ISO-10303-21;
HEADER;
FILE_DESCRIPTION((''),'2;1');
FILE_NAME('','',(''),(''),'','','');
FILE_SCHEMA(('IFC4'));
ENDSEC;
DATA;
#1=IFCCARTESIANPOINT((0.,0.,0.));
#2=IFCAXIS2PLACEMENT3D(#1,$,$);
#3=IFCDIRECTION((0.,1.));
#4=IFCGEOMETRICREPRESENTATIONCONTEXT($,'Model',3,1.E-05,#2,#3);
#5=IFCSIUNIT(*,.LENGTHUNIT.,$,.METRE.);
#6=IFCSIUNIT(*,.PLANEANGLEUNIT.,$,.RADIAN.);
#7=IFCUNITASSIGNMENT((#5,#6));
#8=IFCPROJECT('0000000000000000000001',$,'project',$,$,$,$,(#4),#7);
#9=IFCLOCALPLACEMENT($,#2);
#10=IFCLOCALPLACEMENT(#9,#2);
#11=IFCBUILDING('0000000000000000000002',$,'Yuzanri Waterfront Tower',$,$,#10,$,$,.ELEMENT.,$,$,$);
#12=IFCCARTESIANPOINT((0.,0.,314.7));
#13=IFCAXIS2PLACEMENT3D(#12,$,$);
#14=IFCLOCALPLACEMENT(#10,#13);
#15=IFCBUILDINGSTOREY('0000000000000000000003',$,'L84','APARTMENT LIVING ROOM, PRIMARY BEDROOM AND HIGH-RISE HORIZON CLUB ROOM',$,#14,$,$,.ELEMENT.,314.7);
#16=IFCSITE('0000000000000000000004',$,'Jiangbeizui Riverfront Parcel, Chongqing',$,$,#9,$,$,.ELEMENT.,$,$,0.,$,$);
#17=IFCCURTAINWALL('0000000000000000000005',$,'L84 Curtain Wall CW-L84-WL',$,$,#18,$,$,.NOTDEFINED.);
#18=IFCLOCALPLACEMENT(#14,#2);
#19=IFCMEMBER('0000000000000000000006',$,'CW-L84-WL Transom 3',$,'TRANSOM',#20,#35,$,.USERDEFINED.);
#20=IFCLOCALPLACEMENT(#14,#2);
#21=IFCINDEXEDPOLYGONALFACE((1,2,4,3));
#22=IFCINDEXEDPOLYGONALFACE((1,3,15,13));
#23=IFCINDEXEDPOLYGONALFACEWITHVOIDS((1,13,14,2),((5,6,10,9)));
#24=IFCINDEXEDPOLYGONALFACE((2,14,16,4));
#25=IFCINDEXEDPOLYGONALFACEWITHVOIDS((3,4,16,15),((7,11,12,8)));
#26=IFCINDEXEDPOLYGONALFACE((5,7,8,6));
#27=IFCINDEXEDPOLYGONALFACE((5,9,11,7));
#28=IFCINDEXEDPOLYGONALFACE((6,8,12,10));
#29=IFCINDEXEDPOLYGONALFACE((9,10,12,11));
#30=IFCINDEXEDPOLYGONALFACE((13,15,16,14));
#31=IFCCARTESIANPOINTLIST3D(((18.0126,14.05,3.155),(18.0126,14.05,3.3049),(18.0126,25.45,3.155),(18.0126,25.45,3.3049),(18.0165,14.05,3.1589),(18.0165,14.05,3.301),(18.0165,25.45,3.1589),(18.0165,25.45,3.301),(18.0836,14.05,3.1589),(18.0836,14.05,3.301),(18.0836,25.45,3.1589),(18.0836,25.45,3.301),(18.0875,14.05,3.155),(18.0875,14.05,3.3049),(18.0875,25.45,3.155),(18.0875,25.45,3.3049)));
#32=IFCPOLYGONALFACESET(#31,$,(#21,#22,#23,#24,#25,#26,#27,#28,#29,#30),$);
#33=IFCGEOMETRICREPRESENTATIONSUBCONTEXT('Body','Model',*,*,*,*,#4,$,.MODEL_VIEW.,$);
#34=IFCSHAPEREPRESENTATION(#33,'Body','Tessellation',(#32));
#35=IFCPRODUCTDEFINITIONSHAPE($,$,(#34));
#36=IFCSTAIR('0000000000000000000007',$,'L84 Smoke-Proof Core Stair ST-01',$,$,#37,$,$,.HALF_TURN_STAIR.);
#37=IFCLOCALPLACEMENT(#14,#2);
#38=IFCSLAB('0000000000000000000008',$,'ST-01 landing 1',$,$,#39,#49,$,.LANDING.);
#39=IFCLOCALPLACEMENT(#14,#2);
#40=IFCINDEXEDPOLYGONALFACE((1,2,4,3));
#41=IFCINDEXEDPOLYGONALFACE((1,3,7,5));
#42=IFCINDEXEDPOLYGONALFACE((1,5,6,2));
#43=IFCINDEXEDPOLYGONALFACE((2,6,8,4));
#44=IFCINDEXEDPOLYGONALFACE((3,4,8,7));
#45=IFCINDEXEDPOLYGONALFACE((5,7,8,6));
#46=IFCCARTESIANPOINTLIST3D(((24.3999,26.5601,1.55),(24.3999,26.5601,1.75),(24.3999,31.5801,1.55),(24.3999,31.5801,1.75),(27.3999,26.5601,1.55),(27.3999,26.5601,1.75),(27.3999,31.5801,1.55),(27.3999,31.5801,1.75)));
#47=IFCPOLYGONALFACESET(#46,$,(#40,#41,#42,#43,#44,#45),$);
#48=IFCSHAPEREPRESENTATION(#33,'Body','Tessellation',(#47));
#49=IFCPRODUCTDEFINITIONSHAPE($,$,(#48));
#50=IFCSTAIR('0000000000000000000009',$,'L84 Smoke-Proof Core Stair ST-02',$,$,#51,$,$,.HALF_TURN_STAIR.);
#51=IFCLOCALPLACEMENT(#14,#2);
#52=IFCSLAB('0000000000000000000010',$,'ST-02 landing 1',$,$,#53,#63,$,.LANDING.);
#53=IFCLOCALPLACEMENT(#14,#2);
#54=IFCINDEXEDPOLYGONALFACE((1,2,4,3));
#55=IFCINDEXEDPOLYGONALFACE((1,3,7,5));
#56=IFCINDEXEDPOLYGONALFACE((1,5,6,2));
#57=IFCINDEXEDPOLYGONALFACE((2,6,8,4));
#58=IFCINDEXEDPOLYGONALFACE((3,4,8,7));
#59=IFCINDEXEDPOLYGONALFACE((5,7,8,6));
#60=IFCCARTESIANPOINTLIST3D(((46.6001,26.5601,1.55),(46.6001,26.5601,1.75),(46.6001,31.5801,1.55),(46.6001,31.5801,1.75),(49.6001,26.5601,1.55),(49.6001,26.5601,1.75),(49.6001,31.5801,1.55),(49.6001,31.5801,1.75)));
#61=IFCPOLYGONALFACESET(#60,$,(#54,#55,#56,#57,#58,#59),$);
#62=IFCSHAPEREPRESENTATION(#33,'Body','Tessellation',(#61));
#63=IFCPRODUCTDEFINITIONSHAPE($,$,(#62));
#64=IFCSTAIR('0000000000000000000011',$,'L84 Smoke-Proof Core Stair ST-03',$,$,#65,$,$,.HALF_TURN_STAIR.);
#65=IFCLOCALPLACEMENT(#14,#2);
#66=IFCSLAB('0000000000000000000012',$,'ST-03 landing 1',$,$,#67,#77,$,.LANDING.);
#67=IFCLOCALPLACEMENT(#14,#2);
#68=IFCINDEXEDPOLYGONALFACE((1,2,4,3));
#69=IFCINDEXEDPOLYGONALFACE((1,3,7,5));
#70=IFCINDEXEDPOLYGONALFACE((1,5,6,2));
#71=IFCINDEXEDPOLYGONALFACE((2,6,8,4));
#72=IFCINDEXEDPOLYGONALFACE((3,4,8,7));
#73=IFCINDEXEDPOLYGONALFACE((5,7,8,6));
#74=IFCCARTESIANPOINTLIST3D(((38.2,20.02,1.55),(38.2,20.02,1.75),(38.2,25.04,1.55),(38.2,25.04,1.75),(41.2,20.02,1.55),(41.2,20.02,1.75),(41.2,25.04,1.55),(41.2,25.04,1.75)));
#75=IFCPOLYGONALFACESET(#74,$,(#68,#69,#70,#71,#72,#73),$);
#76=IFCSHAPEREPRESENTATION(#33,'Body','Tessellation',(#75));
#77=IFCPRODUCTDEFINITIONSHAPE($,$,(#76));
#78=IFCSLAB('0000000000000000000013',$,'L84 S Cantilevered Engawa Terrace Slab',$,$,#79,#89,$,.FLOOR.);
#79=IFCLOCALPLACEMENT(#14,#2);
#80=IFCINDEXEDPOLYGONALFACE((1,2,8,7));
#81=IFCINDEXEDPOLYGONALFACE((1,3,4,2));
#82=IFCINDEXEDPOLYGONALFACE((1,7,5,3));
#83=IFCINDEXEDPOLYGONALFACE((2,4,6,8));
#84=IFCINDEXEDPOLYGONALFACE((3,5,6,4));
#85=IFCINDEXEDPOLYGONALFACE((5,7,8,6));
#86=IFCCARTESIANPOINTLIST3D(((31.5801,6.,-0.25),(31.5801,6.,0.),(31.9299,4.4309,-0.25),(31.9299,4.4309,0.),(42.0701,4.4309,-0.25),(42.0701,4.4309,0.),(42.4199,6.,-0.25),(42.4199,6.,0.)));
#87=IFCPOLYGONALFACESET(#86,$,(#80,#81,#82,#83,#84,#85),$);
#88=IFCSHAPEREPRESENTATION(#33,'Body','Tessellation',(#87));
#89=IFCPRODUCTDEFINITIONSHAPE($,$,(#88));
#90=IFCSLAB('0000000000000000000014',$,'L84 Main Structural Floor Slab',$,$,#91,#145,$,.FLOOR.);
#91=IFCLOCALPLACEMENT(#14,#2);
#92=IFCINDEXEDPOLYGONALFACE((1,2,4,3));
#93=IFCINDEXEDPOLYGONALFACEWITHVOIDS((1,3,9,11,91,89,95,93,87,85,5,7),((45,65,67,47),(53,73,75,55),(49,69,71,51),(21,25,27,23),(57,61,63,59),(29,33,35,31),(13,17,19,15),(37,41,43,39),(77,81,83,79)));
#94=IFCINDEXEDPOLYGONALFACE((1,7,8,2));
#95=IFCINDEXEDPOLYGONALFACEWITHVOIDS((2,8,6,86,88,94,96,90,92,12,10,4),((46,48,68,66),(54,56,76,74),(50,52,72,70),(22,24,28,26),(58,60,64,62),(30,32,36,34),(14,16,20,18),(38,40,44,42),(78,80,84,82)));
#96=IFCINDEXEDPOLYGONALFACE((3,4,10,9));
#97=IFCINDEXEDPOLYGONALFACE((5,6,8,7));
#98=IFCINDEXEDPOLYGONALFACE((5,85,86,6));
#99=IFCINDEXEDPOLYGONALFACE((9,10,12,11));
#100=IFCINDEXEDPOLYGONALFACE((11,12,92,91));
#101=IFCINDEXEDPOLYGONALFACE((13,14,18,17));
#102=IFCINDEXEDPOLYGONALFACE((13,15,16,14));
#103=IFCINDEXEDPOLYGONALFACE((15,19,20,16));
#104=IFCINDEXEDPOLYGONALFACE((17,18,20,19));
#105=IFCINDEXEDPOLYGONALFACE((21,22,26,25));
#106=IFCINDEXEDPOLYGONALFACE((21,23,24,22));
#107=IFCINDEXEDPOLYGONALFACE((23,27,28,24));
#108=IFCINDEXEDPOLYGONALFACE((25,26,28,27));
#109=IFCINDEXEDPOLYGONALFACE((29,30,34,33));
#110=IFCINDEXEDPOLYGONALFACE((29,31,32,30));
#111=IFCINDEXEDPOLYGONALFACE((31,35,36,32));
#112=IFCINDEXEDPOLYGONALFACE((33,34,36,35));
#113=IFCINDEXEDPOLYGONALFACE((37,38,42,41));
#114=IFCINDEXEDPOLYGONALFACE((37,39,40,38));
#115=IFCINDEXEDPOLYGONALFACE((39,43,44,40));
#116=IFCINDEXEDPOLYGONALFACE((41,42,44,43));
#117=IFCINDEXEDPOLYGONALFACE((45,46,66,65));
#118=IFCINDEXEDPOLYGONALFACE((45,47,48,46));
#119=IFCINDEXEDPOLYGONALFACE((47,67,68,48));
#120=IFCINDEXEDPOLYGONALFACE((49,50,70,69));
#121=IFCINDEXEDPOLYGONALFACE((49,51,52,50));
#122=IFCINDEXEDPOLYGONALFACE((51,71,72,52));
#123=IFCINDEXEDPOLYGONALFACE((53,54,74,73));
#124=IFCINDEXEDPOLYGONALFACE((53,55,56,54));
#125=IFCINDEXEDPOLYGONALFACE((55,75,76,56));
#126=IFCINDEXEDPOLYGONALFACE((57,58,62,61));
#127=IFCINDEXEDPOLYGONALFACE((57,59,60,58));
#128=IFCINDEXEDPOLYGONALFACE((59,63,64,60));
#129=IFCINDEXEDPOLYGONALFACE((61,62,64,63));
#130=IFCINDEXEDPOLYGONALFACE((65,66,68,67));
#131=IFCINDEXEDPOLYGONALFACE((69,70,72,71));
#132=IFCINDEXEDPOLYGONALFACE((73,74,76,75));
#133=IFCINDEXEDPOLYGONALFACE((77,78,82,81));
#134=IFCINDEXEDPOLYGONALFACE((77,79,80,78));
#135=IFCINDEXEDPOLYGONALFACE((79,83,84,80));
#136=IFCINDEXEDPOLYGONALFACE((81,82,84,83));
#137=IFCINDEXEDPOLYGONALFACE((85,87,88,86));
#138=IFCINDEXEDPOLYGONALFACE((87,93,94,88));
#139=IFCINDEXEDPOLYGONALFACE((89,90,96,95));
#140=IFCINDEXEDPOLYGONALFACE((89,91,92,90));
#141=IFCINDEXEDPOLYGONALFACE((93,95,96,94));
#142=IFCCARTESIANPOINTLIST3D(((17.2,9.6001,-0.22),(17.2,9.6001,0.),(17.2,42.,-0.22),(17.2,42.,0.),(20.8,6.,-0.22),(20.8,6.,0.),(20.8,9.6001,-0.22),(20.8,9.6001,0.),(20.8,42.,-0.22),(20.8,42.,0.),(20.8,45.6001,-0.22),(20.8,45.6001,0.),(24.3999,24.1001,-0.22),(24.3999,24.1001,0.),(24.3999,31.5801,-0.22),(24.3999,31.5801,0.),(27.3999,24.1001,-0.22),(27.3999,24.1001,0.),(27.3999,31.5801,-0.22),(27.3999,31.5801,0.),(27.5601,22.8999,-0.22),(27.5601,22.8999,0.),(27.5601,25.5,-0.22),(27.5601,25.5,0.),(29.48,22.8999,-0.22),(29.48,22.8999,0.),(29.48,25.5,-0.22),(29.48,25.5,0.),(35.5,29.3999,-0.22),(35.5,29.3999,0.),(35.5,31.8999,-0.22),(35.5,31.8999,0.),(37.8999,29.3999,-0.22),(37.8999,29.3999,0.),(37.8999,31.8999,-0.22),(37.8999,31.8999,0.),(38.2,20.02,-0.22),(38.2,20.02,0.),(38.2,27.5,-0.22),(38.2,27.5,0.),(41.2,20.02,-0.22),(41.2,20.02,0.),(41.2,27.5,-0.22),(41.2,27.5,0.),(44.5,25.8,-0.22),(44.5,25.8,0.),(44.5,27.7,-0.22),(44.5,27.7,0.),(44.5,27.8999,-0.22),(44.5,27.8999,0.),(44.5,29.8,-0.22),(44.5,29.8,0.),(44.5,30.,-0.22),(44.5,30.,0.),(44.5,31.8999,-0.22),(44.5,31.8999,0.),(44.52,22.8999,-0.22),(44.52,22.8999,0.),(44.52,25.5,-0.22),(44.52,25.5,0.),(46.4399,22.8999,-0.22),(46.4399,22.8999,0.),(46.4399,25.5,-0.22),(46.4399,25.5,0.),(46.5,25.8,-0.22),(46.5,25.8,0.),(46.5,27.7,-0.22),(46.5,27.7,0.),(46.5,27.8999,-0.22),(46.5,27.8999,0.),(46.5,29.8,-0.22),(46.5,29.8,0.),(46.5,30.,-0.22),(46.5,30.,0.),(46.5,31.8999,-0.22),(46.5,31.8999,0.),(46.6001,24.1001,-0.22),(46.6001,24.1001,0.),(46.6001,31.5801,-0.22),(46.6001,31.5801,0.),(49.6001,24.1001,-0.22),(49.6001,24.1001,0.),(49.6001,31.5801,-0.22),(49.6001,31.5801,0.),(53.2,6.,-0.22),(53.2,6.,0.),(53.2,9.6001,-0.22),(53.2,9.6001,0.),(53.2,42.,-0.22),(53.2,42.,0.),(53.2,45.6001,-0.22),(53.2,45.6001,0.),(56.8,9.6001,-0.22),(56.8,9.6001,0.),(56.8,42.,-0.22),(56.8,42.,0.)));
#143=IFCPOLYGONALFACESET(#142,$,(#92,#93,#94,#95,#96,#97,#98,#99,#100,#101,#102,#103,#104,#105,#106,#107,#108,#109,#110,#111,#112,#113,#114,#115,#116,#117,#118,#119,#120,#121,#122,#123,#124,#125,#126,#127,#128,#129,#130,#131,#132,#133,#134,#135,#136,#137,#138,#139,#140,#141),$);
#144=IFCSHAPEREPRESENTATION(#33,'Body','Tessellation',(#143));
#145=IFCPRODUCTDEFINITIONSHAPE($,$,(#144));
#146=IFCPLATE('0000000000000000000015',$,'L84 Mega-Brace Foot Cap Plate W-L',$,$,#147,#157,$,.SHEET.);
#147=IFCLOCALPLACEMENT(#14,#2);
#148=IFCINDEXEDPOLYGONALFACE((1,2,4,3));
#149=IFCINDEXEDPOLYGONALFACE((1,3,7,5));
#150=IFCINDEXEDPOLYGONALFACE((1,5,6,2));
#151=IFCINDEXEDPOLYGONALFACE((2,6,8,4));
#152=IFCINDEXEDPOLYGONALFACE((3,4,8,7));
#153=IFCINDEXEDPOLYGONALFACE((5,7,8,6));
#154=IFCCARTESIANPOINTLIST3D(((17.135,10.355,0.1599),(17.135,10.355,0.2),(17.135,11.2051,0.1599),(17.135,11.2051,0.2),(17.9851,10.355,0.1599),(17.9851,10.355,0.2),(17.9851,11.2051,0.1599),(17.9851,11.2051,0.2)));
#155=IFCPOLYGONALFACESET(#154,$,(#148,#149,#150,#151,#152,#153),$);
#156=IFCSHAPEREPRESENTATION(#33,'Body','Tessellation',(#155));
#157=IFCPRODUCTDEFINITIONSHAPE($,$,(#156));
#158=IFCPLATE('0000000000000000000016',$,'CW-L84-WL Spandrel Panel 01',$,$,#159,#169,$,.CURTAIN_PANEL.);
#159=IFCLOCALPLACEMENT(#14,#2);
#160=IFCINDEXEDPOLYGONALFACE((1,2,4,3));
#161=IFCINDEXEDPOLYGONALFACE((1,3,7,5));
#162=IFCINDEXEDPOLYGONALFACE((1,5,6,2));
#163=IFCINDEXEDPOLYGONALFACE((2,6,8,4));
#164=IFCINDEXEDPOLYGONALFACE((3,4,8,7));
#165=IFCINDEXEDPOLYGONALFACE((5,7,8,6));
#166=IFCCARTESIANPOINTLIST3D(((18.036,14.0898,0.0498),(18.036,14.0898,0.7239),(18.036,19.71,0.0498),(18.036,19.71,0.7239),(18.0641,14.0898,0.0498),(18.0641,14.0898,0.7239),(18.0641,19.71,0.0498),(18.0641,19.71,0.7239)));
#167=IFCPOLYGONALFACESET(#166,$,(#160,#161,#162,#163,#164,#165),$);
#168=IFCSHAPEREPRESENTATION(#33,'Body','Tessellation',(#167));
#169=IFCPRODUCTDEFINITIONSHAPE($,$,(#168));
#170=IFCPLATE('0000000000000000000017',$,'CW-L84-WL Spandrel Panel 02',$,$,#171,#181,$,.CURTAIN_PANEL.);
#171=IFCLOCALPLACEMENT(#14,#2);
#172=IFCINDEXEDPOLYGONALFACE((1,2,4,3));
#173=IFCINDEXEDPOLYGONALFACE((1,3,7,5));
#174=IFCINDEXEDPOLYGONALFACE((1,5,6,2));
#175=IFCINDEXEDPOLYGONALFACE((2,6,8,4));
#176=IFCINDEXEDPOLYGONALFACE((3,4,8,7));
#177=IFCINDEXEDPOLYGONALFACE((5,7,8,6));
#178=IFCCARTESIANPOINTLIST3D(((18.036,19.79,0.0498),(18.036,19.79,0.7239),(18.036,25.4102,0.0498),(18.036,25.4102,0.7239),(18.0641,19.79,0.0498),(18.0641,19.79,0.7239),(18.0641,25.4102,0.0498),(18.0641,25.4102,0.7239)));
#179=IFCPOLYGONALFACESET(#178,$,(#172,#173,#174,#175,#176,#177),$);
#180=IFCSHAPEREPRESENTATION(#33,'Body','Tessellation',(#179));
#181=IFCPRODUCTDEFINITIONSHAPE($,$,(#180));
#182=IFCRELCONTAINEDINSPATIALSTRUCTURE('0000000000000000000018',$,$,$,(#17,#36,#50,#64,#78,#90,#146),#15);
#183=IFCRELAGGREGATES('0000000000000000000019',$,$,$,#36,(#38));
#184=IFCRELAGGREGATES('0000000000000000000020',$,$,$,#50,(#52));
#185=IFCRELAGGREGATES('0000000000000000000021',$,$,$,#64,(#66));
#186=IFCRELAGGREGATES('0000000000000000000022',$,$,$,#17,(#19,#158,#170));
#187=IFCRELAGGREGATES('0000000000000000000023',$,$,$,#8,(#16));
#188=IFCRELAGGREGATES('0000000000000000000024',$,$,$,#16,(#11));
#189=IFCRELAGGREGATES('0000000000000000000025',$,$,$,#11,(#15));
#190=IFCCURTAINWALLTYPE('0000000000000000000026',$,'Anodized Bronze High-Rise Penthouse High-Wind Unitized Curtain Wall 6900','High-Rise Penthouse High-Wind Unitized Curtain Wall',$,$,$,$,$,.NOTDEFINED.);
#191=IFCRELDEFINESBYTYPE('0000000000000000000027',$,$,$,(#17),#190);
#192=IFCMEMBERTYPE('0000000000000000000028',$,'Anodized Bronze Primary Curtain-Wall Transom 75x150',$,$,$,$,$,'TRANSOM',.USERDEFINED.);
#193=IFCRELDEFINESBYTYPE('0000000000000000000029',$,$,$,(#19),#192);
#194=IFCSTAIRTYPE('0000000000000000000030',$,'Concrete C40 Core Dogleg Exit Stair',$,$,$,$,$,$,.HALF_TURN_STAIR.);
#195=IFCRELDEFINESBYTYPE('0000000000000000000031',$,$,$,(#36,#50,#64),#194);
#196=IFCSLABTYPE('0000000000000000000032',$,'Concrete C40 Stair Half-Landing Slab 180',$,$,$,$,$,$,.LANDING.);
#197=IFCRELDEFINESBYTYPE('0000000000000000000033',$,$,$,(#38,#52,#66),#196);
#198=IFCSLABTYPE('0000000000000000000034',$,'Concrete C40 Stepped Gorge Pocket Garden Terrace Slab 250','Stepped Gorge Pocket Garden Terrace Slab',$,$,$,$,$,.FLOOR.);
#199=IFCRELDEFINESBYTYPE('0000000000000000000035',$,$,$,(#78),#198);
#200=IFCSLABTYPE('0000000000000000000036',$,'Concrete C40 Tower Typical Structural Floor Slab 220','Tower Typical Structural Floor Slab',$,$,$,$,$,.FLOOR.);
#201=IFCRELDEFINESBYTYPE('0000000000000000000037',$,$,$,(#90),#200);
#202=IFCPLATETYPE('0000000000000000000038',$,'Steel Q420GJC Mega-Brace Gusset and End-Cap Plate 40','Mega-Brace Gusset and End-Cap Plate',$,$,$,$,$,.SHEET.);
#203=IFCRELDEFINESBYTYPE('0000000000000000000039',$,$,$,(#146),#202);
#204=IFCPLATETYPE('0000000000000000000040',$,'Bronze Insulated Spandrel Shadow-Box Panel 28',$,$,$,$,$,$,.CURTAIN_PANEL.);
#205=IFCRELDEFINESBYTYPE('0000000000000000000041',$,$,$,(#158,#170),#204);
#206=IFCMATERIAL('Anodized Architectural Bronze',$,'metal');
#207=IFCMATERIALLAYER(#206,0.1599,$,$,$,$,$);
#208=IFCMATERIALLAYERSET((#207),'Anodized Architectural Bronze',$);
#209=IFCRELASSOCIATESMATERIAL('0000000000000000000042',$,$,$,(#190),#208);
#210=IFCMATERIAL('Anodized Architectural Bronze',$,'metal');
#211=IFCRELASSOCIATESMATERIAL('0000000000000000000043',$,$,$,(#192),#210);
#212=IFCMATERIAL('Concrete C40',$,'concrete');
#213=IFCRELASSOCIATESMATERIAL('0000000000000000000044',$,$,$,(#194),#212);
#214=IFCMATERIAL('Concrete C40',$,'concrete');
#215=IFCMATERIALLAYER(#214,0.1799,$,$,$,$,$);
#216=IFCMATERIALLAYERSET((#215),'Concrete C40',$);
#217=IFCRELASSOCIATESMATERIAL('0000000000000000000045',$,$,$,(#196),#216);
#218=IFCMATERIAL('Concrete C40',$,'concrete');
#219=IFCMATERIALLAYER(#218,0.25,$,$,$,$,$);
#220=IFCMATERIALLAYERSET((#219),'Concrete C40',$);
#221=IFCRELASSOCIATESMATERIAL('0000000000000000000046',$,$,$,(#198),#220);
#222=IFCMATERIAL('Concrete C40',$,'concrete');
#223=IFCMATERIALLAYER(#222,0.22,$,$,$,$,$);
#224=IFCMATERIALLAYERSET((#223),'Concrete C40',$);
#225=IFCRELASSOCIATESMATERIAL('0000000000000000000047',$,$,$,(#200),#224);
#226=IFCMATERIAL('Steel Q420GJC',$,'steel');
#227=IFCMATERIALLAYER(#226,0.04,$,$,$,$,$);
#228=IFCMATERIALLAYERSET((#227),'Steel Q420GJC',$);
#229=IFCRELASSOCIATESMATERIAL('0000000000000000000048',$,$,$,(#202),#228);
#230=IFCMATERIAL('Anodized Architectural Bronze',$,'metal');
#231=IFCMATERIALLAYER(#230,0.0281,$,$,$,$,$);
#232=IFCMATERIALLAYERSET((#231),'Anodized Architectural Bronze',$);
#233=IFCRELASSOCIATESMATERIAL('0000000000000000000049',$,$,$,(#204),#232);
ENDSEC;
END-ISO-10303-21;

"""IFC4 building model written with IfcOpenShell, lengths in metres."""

from ifc_helpers import new_model, si_unit, direction, frame, origin, origin_2d, place, context, subcontext, project, spatial, polyline, rectangle, hollow_rectangle, outline, extrude, source, transform, mapped, material, layer, layer_set, material_profile, profile_set, type_object, element, aggregate, save


model = new_model("IFC4")

# Units and contexts
model_context = context("Model", 3, precision=1e-05, world=origin(), true_north=direction((0.0, 1.0)))
body_context = subcontext(model_context, "Body", "Model", "MODEL_VIEW")
ifc_project = project(units=[si_unit("LENGTHUNIT", "METRE"), si_unit("PLANEANGLEUNIT", "RADIAN")], contexts=[model_context])

# Site, building, storey
site_placement = place(None, origin())
site = spatial("IfcSite", under=ifc_project, at=site_placement, Name="Jiangbeizui Riverfront Parcel, Chongqing", CompositionType="ELEMENT", RefElevation=0.0)
building_placement = place(site_placement, origin())
building = spatial("IfcBuilding", under=site, at=building_placement, Name="Yuzanri Waterfront Tower", CompositionType="ELEMENT")
storey_placement = place(building_placement, frame((0.0, 0.0, 314.7)))
storey = spatial("IfcBuildingStorey", under=building, at=storey_placement, Name="L84", Description="APARTMENT LIVING ROOM, PRIMARY BEDROOM AND HIGH-RISE HORIZON CLUB ROOM", CompositionType="ELEMENT", Elevation=314.7)

# Curtain wall, member
ifc_material_1 = material(Name="Anodized Architectural Bronze", Category="metal")
ifc_layer_1 = layer(ifc_material_1, 0.1599)
ifc_layer_set_1 = layer_set([ifc_layer_1], Name="Anodized Architectural Bronze")
curtain_wall_type = type_object("IfcCurtainWallType", Name="Anodized Bronze High-Rise Penthouse High-Wind Unitized Curtain Wall 6900", Description="High-Rise Penthouse High-Wind Unitized Curtain Wall", PredefinedType="NOTDEFINED", material=ifc_layer_set_1)
curtain_wall_placement = place(storey_placement, origin())
curtain_wall = element("IfcCurtainWall", 1, at=curtain_wall_placement, inside=storey, type_object=curtain_wall_type, Name="L84 Curtain Wall CW-L84-WL", PredefinedType="NOTDEFINED")
ifc_material_2 = material(Name="Anodized Architectural Bronze", Category="metal")
ifc_material_profile_1 = material_profile(ifc_material_2, hollow_rectangle(XDim=0.075, YDim=0.1499, WallThickness=0.0039, at=origin_2d()), Name="CWT 75x150")
ifc_profile_set_1 = profile_set([ifc_material_profile_1], Name="Anodized Architectural Bronze")
member_type_1 = type_object("IfcMemberType", Name="Anodized Bronze Primary Curtain-Wall Transom 75x150", ElementType="TRANSOM", PredefinedType="USERDEFINED", material=ifc_profile_set_1)
shared_shape_1 = source(origin(), body_context, "Body", "SweptSolid", [
    extrude(hollow_rectangle(XDim=0.075, YDim=0.1499, WallThickness=0.0039, at=origin_2d()), origin(), (0.0, 0.0, 1.0), 11.3999),
])
member_1_placement = place(storey_placement, frame((18.05, 14.05, 3.23), z_axis=(0.0, 1.0, 0.0), x_axis=(-1.0, 0.0, 0.0)))
member_1 = element("IfcMember", 2, at=member_1_placement, type_object=member_type_1, Name="CW-L84-WL Transom 3", ObjectType="TRANSOM", PredefinedType="USERDEFINED", context=body_context, shape_type="MappedRepresentation", body=[
    mapped(shared_shape_1, transform((0.0, 0.0, 0.0), scale=1.0)),
])

# Stairs, slabs
ifc_material_3 = material(Name="Concrete C40", Category="concrete")
stair_type = type_object("IfcStairType", Name="Concrete C40 Core Dogleg Exit Stair", PredefinedType="HALF_TURN_STAIR", material=ifc_material_3)
stair_1_placement = place(storey_placement, origin())
stair_1 = element("IfcStair", 3, at=stair_1_placement, inside=storey, type_object=stair_type, Name="L84 Smoke-Proof Core Stair ST-01", PredefinedType="HALF_TURN_STAIR")
ifc_material_4 = material(Name="Concrete C40", Category="concrete")
ifc_layer_2 = layer(ifc_material_4, 0.1799)
ifc_layer_set_2 = layer_set([ifc_layer_2], Name="Concrete C40")
slab_type_1 = type_object("IfcSlabType", Name="Concrete C40 Stair Half-Landing Slab 180", PredefinedType="LANDING", material=ifc_layer_set_2)
slab_1_placement = place(storey_placement, frame((0.0, 0.0, 1.55)))
slab_1 = element("IfcSlab", 4, at=slab_1_placement, type_object=slab_type_1, Name="ST-01 landing 1", PredefinedType="LANDING", context=body_context, shape_type="SweptSolid", body=[
    extrude(outline(polyline([(27.3999, 26.5601), (27.3999, 31.5801), (24.3999, 31.5801), (24.3999, 26.5601), (27.3999, 26.5601)])), origin(), (0.0, 0.0, 1.0), 0.2),
])
aggregate(stair_1, [slab_1])
stair_2_placement = place(storey_placement, origin())
stair_2 = element("IfcStair", 5, at=stair_2_placement, inside=storey, type_object=stair_type, Name="L84 Smoke-Proof Core Stair ST-02", PredefinedType="HALF_TURN_STAIR")
slab_2_placement = place(storey_placement, frame((0.0, 0.0, 1.55)))
slab_2 = element("IfcSlab", 6, at=slab_2_placement, type_object=slab_type_1, Name="ST-02 landing 1", PredefinedType="LANDING", context=body_context, shape_type="SweptSolid", body=[
    extrude(outline(polyline([(49.6001, 26.5601), (49.6001, 31.5801), (46.6001, 31.5801), (46.6001, 26.5601), (49.6001, 26.5601)])), origin(), (0.0, 0.0, 1.0), 0.2),
])
aggregate(stair_2, [slab_2])
stair_3_placement = place(storey_placement, origin())
stair_3 = element("IfcStair", 7, at=stair_3_placement, inside=storey, type_object=stair_type, Name="L84 Smoke-Proof Core Stair ST-03", PredefinedType="HALF_TURN_STAIR")
slab_3_placement = place(storey_placement, frame((0.0, 0.0, 1.55)))
slab_3 = element("IfcSlab", 8, at=slab_3_placement, type_object=slab_type_1, Name="ST-03 landing 1", PredefinedType="LANDING", context=body_context, shape_type="SweptSolid", body=[
    extrude(outline(polyline([(38.2, 25.04), (38.2, 20.02), (41.2, 20.02), (41.2, 25.04), (38.2, 25.04)])), origin(), (0.0, 0.0, 1.0), 0.2),
])
aggregate(stair_3, [slab_3])

# Slabs
ifc_material_5 = material(Name="Concrete C40", Category="concrete")
ifc_layer_3 = layer(ifc_material_5, 0.25)
ifc_layer_set_3 = layer_set([ifc_layer_3], Name="Concrete C40")
slab_type_2 = type_object("IfcSlabType", Name="Concrete C40 Stepped Gorge Pocket Garden Terrace Slab 250", Description="Stepped Gorge Pocket Garden Terrace Slab", PredefinedType="FLOOR", material=ifc_layer_set_3)
slab_4_placement = place(storey_placement, frame((0.0, 0.0, -0.25)))
element("IfcSlab", 9, at=slab_4_placement, inside=storey, type_object=slab_type_2, Name="L84 S Cantilevered Engawa Terrace Slab", PredefinedType="FLOOR", context=body_context, shape_type="SweptSolid", body=[
    extrude(outline(polyline([(31.5801, 6.0), (42.4199, 6.0), (42.0701, 4.4309), (31.9299, 4.4309), (31.5801, 6.0)])), origin(), (0.0, 0.0, 1.0), 0.25),
])
ifc_material_6 = material(Name="Concrete C40", Category="concrete")
ifc_layer_4 = layer(ifc_material_6, 0.22)
ifc_layer_set_4 = layer_set([ifc_layer_4], Name="Concrete C40")
slab_type_3 = type_object("IfcSlabType", Name="Concrete C40 Tower Typical Structural Floor Slab 220", Description="Tower Typical Structural Floor Slab", PredefinedType="FLOOR", material=ifc_layer_set_4)
slab_5_placement = place(storey_placement, frame((0.0, 0.0, -0.22)))
element("IfcSlab", 10, at=slab_5_placement, inside=storey, type_object=slab_type_3, Name="L84 Main Structural Floor Slab", PredefinedType="FLOOR", context=body_context, shape_type="SweptSolid", body=[
    extrude(outline(polyline([(20.8, 6.0), (53.2, 6.0), (53.2, 9.6001), (56.8, 9.6001), (56.8, 42.0), (53.2, 42.0), (53.2, 45.6001), (20.8, 45.6001), (20.8, 42.0), (17.2, 42.0), (17.2, 9.6001), (20.8, 9.6001), (20.8, 6.0)]), holes=[polyline([(27.3999, 24.1001), (27.3999, 31.5801), (24.3999, 31.5801), (24.3999, 24.1001), (27.3999, 24.1001)]), polyline([(49.6001, 24.1001), (49.6001, 31.5801), (46.6001, 31.5801), (46.6001, 24.1001), (49.6001, 24.1001)]), polyline([(38.2, 27.5), (38.2, 20.02), (41.2, 20.02), (41.2, 27.5), (38.2, 27.5)]), polyline([(27.5601, 22.8999), (29.48, 22.8999), (29.48, 25.5), (27.5601, 25.5), (27.5601, 22.8999)]), polyline([(44.52, 22.8999), (46.4399, 22.8999), (46.4399, 25.5), (44.52, 25.5), (44.52, 22.8999)]), polyline([(35.5, 29.3999), (37.8999, 29.3999), (37.8999, 31.8999), (35.5, 31.8999), (35.5, 29.3999)]), polyline([(44.5, 25.8), (46.5, 25.8), (46.5, 27.7), (44.5, 27.7), (44.5, 25.8)]), polyline([(44.5, 27.8999), (46.5, 27.8999), (46.5, 29.8), (44.5, 29.8), (44.5, 27.8999)]), polyline([(44.5, 30.0), (46.5, 30.0), (46.5, 31.8999), (44.5, 31.8999), (44.5, 30.0)])]), origin(), (0.0, 0.0, 1.0), 0.22),
])

# Plates
ifc_material_7 = material(Name="Steel Q420GJC", Category="steel")
ifc_layer_5 = layer(ifc_material_7, 0.04)
ifc_layer_set_5 = layer_set([ifc_layer_5], Name="Steel Q420GJC")
plate_type_1 = type_object("IfcPlateType", Name="Steel Q420GJC Mega-Brace Gusset and End-Cap Plate 40", Description="Mega-Brace Gusset and End-Cap Plate", PredefinedType="SHEET", material=ifc_layer_set_5)
shared_shape_2 = source(origin(), body_context, "Body", "SweptSolid", [
    extrude(rectangle(XDim=0.8501, YDim=0.8501, at=origin_2d()), origin(), (0.0, 0.0, 1.0), 0.04),
])
plate_1_placement = place(storey_placement, frame((17.5601, 10.78, 0.1599), z_axis=(0.0, 0.0, 1.0), x_axis=(1.0, 0.0, 0.0)))
element("IfcPlate", 11, at=plate_1_placement, inside=storey, type_object=plate_type_1, Name="L84 Mega-Brace Foot Cap Plate W-L", PredefinedType="SHEET", context=body_context, shape_type="MappedRepresentation", body=[
    mapped(shared_shape_2, transform((0.0, 0.0, 0.0), scale=1.0)),
])
ifc_material_8 = material(Name="Anodized Architectural Bronze", Category="metal")
ifc_layer_6 = layer(ifc_material_8, 0.0281)
ifc_layer_set_6 = layer_set([ifc_layer_6], Name="Anodized Architectural Bronze")
plate_type_2 = type_object("IfcPlateType", Name="Bronze Insulated Spandrel Shadow-Box Panel 28", PredefinedType="CURTAIN_PANEL", material=ifc_layer_set_6)
shared_shape_3 = source(origin(), body_context, "Body", "SweptSolid", [
    extrude(rectangle(XDim=5.6201, YDim=0.0281, at=origin_2d()), origin(), (0.0, 0.0, 1.0), 0.6741),
])
plate_2_placement = place(storey_placement, frame((18.05, 16.8999, 0.0498), z_axis=(0.0, 0.0, 1.0), x_axis=(0.0, 1.0, 0.0)))
plate_2 = element("IfcPlate", 12, at=plate_2_placement, type_object=plate_type_2, Name="CW-L84-WL Spandrel Panel 01", PredefinedType="CURTAIN_PANEL", context=body_context, shape_type="MappedRepresentation", body=[
    mapped(shared_shape_3, transform((0.0, 0.0, 0.0), scale=1.0)),
])
plate_3_placement = place(storey_placement, frame((18.05, 22.6001, 0.0498), z_axis=(0.0, 0.0, 1.0), x_axis=(0.0, 1.0, 0.0)))
plate_3 = element("IfcPlate", 13, at=plate_3_placement, type_object=plate_type_2, Name="CW-L84-WL Spandrel Panel 02", PredefinedType="CURTAIN_PANEL", context=body_context, shape_type="MappedRepresentation", body=[
    mapped(shared_shape_3, transform((0.0, 0.0, 0.0), scale=1.0)),
])
aggregate(curtain_wall, [member_1, plate_2, plate_3])

save(model, "model.ifc")
